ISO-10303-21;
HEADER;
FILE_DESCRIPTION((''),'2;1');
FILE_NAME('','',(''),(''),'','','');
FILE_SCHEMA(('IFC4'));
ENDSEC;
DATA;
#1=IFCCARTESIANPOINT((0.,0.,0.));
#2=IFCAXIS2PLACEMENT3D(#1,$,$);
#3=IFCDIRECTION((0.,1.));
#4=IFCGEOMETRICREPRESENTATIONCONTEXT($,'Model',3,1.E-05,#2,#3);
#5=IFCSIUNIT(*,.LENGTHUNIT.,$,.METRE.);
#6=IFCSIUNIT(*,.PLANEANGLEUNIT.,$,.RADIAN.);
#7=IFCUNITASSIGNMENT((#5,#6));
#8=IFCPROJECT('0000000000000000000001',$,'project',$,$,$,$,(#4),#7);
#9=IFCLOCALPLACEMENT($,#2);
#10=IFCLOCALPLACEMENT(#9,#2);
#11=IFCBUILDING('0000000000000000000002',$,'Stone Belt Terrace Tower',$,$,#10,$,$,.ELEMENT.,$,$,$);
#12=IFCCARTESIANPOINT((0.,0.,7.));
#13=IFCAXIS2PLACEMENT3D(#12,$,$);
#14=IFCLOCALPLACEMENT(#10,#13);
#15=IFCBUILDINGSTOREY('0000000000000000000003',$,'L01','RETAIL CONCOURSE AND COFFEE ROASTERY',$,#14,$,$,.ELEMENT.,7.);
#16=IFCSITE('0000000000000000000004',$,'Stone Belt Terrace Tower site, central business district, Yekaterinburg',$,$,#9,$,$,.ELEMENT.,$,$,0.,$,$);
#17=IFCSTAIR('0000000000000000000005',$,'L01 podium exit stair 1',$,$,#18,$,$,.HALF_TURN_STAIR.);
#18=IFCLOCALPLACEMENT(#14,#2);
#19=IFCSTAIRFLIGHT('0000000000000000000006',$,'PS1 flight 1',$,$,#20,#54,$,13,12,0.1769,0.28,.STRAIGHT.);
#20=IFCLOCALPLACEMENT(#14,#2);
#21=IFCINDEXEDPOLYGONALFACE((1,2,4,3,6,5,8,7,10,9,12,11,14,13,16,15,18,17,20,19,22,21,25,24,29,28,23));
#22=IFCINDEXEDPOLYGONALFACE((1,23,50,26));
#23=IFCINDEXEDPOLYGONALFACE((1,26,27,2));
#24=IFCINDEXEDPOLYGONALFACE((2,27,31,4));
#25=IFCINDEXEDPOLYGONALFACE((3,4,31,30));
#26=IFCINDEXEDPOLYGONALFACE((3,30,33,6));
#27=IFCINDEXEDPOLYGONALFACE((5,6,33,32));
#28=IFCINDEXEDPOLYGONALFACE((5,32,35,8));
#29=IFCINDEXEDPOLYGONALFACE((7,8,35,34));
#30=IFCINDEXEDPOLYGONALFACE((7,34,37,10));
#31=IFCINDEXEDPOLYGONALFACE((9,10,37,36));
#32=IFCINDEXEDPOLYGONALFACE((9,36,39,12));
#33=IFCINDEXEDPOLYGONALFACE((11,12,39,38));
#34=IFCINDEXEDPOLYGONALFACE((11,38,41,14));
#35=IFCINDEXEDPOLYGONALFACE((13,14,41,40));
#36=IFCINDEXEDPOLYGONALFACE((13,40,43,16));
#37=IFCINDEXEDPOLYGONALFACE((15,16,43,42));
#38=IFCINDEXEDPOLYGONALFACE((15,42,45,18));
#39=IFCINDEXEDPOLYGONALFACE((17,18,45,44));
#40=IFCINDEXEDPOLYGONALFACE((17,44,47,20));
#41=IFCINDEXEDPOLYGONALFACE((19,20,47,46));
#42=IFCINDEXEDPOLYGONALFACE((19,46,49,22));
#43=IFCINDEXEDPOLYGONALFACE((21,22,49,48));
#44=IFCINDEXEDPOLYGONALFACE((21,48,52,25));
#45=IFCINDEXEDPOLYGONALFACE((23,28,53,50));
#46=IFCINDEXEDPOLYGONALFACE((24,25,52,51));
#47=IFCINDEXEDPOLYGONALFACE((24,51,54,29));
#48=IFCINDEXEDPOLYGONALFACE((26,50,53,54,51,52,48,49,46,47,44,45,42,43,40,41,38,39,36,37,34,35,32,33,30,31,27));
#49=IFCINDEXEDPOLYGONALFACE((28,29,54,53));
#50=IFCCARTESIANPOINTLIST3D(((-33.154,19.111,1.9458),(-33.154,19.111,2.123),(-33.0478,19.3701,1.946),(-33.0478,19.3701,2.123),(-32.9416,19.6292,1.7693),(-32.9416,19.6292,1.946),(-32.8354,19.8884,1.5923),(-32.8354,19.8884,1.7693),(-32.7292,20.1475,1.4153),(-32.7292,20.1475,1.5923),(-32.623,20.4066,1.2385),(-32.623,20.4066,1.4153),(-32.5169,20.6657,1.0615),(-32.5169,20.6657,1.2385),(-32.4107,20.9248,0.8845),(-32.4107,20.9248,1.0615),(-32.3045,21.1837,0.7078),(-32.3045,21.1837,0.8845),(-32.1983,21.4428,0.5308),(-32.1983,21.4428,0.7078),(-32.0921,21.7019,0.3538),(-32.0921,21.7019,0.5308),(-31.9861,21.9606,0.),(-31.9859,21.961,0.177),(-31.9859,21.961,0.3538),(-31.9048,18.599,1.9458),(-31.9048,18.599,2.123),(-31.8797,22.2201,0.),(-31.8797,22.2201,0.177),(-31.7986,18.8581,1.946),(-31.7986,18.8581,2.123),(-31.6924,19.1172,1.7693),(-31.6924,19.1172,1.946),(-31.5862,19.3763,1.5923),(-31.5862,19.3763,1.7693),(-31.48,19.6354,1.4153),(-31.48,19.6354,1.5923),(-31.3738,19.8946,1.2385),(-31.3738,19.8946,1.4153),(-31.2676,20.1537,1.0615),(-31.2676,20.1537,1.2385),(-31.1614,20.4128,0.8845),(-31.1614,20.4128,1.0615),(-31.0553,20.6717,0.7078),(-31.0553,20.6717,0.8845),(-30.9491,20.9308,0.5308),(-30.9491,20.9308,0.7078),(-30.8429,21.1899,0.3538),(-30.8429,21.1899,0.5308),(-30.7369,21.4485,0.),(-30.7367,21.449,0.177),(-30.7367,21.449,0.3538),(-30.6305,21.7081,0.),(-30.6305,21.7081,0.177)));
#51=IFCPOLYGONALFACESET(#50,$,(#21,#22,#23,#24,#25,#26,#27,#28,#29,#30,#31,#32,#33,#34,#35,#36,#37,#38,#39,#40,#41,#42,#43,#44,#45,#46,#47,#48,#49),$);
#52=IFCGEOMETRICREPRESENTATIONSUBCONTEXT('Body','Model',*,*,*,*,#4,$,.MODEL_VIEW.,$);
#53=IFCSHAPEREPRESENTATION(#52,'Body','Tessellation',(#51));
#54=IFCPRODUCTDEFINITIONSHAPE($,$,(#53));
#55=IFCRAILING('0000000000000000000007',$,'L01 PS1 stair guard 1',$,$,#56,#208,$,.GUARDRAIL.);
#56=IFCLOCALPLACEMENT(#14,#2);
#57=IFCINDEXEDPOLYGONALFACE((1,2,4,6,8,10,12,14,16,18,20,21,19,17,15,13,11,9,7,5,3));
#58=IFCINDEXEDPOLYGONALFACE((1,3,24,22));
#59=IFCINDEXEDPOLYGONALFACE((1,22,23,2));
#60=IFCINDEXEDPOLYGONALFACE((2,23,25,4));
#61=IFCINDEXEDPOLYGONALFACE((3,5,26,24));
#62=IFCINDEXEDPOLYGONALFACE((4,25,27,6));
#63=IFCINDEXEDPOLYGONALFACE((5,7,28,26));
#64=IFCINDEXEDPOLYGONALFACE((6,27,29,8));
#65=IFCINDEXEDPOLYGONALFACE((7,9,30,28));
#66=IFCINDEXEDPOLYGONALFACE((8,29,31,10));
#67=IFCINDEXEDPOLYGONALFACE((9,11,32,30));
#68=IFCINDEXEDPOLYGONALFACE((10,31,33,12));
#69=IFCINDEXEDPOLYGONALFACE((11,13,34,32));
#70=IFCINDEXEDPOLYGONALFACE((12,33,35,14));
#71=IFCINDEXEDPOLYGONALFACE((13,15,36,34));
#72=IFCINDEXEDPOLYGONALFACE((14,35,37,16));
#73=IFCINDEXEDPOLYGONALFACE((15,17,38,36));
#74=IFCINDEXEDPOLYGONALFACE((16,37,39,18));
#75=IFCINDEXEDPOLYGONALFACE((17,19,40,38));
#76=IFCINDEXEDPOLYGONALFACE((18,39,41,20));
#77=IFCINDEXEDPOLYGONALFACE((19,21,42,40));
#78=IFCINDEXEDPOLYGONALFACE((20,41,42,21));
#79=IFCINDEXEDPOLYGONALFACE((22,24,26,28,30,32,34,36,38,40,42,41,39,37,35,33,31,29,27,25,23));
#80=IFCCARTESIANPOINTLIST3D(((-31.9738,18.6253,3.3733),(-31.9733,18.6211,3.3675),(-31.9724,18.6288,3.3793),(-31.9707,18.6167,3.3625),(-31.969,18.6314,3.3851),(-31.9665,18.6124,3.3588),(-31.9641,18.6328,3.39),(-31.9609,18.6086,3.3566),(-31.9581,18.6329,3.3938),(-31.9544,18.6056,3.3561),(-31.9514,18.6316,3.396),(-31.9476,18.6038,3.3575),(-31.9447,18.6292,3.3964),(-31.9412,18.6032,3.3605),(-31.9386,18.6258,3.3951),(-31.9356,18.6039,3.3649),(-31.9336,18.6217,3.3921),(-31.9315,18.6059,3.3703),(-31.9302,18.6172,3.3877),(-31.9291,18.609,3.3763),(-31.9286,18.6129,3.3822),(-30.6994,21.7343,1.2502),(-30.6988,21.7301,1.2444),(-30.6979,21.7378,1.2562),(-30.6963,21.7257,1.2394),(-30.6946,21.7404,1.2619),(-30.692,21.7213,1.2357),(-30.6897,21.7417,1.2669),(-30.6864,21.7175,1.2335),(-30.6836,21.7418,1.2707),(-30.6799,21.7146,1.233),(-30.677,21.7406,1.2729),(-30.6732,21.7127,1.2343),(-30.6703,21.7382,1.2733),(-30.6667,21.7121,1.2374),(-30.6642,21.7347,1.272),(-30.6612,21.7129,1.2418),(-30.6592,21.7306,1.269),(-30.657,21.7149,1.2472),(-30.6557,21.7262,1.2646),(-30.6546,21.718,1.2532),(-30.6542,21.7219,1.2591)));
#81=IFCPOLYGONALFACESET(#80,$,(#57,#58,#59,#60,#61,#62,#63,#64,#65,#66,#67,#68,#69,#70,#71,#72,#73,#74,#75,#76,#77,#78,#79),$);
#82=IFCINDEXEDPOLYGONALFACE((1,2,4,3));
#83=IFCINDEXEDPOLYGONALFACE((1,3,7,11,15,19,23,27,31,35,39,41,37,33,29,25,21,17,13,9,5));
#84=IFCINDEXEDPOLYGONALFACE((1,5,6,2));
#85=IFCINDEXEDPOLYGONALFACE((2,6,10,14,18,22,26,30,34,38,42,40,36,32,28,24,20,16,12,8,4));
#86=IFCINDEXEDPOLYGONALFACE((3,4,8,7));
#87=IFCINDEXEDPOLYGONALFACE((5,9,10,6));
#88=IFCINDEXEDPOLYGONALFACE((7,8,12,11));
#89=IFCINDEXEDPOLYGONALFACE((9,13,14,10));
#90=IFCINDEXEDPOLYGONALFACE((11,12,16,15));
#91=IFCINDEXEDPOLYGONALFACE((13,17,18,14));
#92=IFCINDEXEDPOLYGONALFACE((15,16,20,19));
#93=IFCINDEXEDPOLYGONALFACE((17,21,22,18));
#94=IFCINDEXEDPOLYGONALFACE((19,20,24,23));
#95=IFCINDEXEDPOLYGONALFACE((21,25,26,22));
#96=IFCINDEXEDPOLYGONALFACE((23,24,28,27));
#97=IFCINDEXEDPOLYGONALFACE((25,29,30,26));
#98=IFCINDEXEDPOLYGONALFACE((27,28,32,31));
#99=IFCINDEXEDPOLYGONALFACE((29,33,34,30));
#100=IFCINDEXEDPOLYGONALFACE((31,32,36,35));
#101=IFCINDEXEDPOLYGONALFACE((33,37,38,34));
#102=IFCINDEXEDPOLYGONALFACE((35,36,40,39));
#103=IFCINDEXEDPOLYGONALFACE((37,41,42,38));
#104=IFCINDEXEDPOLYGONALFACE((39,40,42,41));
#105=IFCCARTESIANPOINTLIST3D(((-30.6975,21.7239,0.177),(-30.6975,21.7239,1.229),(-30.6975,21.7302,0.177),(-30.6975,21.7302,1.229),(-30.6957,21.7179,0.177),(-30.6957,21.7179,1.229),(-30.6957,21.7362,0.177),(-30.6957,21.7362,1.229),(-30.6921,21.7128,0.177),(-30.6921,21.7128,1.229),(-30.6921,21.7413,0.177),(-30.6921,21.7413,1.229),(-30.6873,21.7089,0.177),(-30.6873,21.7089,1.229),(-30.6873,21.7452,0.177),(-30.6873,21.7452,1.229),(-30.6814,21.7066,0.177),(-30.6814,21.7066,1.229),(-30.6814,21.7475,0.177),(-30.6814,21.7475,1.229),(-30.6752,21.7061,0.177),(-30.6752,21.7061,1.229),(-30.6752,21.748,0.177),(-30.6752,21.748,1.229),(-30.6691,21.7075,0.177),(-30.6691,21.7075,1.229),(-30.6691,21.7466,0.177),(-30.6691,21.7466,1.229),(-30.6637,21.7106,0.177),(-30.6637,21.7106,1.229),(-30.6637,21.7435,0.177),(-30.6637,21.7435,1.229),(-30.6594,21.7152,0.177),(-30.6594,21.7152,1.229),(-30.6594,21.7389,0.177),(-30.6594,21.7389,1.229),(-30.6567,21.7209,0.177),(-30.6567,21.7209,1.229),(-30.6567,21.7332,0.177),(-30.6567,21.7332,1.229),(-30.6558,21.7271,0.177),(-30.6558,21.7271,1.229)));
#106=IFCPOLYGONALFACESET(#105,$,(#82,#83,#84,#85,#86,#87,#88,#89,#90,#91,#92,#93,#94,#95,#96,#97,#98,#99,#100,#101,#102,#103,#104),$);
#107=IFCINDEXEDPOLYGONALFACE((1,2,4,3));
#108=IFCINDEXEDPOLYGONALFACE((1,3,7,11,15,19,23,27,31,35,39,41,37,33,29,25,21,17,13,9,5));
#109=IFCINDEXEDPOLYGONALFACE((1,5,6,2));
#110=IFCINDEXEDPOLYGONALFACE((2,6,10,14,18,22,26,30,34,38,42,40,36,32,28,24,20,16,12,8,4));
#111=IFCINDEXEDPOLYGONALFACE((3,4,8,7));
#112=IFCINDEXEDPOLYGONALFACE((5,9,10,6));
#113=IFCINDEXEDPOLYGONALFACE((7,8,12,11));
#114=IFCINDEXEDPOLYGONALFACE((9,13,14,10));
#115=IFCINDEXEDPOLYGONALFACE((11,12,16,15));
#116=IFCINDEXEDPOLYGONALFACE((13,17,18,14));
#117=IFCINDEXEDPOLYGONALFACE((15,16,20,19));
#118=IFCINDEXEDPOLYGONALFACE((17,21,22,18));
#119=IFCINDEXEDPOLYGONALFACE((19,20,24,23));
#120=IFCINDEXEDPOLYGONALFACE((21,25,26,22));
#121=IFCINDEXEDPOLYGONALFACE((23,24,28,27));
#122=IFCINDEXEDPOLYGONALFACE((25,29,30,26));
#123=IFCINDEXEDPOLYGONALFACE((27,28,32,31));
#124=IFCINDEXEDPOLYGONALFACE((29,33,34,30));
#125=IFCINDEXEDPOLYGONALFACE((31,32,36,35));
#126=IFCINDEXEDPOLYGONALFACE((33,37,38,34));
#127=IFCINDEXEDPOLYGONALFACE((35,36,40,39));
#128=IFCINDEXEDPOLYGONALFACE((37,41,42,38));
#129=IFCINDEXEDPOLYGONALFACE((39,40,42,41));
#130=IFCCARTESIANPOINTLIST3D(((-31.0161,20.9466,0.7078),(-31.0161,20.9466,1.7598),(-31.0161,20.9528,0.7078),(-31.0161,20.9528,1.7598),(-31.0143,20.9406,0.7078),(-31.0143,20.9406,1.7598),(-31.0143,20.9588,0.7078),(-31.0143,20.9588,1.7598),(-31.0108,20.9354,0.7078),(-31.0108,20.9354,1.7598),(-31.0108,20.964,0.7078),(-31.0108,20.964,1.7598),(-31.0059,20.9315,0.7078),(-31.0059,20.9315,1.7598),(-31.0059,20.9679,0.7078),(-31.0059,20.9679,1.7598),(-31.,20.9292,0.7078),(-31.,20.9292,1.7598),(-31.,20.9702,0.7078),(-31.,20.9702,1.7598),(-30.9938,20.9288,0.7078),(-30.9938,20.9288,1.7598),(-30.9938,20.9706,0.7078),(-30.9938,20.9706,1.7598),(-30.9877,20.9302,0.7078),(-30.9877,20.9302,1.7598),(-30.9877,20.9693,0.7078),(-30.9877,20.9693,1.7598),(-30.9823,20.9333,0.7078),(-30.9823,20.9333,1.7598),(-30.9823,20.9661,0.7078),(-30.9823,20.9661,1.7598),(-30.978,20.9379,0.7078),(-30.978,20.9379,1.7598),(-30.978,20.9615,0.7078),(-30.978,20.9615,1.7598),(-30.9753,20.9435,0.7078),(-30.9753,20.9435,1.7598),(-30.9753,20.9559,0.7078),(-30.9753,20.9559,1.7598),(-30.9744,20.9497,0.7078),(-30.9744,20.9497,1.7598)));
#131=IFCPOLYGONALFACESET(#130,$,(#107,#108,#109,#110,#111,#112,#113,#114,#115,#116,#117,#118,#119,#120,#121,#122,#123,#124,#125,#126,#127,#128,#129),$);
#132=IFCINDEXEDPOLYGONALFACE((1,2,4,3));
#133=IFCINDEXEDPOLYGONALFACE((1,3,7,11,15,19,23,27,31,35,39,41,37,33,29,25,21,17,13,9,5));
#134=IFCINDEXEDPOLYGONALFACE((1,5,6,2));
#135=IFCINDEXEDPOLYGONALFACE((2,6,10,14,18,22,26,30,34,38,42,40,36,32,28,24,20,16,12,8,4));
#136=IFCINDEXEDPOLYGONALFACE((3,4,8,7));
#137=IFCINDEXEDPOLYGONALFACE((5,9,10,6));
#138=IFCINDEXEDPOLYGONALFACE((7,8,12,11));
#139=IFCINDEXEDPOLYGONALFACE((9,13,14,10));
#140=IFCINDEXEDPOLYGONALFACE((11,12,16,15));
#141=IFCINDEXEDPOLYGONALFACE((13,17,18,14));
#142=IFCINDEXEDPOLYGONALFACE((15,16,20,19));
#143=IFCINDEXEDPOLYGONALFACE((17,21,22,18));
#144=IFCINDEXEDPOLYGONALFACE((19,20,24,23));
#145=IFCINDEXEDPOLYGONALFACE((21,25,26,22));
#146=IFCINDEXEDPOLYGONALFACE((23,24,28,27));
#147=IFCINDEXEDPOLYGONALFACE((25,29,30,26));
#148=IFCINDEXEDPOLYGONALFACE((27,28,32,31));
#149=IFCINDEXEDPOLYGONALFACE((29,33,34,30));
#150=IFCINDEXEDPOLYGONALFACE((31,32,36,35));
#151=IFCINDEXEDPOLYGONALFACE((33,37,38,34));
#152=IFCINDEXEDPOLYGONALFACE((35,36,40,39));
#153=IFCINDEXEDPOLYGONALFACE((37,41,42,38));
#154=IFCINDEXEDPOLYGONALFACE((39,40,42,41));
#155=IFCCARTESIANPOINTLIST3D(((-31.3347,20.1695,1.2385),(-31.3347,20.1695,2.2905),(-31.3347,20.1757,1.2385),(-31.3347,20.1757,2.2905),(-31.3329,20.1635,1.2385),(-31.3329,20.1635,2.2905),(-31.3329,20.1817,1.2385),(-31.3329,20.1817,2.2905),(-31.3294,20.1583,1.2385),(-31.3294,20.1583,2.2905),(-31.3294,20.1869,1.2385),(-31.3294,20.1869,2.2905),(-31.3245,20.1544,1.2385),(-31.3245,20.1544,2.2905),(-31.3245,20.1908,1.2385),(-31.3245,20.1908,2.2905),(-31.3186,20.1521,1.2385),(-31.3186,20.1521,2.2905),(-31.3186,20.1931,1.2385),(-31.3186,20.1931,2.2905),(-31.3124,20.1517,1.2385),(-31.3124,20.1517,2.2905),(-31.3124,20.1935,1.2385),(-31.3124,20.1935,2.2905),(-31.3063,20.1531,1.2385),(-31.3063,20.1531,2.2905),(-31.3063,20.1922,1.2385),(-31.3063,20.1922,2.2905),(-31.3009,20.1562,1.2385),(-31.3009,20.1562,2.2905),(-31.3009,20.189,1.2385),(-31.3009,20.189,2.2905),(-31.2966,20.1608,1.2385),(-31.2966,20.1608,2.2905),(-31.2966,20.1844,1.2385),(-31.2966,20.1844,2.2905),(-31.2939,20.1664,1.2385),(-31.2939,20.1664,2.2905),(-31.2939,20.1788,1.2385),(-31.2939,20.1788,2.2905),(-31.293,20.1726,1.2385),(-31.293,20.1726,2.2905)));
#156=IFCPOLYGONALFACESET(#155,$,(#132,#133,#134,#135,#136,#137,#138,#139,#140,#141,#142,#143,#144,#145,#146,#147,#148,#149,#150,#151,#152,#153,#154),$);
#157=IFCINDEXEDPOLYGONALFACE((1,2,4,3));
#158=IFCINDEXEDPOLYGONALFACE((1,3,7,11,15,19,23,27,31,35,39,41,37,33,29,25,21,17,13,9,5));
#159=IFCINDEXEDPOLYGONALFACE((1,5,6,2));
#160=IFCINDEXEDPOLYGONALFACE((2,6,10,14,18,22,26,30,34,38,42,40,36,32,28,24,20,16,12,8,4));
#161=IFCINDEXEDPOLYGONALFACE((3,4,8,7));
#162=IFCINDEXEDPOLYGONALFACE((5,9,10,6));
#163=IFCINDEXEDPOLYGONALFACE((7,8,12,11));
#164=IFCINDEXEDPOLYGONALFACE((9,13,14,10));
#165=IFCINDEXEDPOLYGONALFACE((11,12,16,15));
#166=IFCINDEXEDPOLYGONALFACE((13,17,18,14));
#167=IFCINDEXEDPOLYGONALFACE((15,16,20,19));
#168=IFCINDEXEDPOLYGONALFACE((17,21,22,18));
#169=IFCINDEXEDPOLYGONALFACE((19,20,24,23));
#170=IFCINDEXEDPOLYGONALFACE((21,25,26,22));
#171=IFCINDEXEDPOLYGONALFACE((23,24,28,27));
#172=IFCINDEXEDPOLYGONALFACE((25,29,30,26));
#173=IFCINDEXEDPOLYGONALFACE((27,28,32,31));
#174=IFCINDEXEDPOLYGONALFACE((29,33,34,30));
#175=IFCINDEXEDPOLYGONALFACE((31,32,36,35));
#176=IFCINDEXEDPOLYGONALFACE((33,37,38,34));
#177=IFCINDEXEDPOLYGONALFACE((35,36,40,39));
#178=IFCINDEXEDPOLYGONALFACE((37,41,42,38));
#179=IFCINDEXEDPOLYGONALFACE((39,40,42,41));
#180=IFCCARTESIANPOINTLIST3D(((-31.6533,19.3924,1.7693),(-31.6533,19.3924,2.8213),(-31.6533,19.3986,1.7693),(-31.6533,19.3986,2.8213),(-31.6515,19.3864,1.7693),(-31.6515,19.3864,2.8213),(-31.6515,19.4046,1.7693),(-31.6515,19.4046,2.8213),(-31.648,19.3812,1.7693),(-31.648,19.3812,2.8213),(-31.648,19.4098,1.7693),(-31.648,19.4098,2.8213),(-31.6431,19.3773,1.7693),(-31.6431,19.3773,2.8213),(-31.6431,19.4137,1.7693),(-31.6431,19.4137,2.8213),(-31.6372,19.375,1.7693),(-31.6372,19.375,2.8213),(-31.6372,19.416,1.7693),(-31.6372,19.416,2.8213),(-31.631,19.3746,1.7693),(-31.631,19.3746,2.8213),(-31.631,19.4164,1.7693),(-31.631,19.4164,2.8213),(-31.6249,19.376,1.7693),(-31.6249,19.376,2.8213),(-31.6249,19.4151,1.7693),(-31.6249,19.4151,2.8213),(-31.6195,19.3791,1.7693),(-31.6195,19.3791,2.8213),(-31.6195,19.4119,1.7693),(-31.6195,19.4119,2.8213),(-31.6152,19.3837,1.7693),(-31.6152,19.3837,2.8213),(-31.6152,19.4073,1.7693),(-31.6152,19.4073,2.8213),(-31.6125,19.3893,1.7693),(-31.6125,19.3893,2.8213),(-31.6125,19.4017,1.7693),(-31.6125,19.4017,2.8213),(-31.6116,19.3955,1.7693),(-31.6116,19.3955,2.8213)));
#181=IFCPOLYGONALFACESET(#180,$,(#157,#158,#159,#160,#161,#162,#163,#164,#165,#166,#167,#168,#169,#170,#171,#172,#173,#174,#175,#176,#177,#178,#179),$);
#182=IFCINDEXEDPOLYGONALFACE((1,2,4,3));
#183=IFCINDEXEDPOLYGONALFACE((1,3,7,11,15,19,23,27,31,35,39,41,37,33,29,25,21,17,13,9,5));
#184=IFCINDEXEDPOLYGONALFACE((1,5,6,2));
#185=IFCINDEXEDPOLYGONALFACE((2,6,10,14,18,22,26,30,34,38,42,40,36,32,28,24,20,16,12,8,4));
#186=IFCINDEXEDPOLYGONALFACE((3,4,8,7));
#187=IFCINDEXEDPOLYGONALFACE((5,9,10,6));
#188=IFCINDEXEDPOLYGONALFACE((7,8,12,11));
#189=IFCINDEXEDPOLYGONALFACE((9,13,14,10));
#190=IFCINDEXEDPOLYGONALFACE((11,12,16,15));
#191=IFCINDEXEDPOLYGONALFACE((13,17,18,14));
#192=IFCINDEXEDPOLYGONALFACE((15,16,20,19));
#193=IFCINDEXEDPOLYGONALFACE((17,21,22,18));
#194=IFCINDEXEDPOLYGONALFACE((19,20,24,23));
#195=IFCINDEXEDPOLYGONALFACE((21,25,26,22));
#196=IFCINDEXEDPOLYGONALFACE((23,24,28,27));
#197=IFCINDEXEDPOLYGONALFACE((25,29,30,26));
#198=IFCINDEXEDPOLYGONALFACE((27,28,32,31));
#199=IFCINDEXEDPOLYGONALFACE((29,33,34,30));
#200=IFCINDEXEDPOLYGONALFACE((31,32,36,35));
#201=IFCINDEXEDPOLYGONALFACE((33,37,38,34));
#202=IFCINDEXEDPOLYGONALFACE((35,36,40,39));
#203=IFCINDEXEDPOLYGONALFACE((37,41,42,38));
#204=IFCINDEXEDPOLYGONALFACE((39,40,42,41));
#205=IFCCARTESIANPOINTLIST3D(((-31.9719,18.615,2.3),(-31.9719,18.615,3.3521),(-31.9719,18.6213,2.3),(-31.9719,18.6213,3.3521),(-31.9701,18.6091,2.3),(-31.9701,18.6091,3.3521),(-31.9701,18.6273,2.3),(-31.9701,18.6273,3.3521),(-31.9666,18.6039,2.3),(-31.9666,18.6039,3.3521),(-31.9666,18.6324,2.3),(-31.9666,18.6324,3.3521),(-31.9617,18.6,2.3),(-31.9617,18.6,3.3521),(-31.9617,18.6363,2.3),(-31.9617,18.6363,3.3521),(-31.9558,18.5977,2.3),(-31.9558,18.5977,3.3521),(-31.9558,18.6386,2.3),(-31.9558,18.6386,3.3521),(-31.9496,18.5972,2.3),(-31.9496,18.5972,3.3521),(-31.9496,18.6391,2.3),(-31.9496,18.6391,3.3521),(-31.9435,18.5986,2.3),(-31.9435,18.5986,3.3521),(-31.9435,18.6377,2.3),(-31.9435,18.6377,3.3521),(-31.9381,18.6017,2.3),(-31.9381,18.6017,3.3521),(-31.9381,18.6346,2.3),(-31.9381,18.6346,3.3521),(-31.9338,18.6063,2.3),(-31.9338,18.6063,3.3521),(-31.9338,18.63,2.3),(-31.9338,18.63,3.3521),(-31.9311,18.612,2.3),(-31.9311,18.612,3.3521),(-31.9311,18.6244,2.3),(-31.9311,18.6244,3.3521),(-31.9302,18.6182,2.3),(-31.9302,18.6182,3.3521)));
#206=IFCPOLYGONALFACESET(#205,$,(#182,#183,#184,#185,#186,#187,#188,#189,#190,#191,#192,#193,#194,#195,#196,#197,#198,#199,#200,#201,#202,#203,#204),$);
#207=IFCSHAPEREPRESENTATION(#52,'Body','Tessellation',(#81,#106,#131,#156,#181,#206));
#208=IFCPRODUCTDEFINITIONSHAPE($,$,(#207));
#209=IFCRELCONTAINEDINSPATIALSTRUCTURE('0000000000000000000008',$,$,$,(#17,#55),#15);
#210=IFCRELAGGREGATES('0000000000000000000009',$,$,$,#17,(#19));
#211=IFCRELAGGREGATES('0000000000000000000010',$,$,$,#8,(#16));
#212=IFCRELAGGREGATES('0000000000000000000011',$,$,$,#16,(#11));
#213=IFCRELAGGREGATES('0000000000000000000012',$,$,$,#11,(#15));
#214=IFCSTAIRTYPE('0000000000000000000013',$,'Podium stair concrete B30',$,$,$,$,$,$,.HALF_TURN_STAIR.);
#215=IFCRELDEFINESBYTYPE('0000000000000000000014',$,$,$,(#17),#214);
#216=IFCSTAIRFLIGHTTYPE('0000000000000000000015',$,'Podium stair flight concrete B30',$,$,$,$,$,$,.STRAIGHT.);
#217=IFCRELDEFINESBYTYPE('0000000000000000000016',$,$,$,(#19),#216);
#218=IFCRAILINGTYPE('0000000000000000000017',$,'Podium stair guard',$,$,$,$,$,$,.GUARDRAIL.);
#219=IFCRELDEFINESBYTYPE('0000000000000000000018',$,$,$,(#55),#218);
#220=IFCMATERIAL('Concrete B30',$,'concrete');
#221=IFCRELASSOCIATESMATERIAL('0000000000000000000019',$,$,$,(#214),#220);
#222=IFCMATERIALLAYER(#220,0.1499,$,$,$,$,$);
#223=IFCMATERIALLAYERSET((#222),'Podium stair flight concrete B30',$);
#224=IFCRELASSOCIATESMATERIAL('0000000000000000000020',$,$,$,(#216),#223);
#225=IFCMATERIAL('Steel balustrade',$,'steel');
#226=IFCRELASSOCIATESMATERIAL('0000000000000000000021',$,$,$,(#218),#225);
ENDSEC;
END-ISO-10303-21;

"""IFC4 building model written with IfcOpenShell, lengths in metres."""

from ifc_helpers import new_model, si_unit, direction, frame, origin, origin_2d, place, context, subcontext, project, spatial, polyline, circle, outline, extrude, material, layer, layer_set, type_object, element, aggregate, save


model = new_model("IFC4")

# Units and contexts
model_context = context("Model", 3, precision=1e-05, world=origin(), true_north=direction((0.0, 1.0)))
body_context = subcontext(model_context, "Body", "Model", "MODEL_VIEW")
ifc_project = project(units=[si_unit("LENGTHUNIT", "METRE"), si_unit("PLANEANGLEUNIT", "RADIAN")], contexts=[model_context])

# Site, building, storey
site_placement = place(None, origin())
site = spatial("IfcSite", under=ifc_project, at=site_placement, Name="Stone Belt Terrace Tower site, central business district, Yekaterinburg", CompositionType="ELEMENT", RefElevation=0.0)
building_placement = place(site_placement, origin())
building = spatial("IfcBuilding", under=site, at=building_placement, Name="Stone Belt Terrace Tower", CompositionType="ELEMENT")
storey_placement = place(building_placement, frame((0.0, 0.0, 7.0)))
storey = spatial("IfcBuildingStorey", under=building, at=storey_placement, Name="L01", Description="RETAIL CONCOURSE AND COFFEE ROASTERY", CompositionType="ELEMENT", Elevation=7.0)

# Shared definitions
ifc_material_1 = material(Name="Concrete B30", Category="concrete")

# Stair, stair flight
stair_type = type_object("IfcStairType", Name="Podium stair concrete B30", PredefinedType="HALF_TURN_STAIR", material=ifc_material_1)
stair_placement = place(storey_placement, origin())
stair = element("IfcStair", 1, at=stair_placement, inside=storey, type_object=stair_type, Name="L01 podium exit stair 1", PredefinedType="HALF_TURN_STAIR")
ifc_layer_1 = layer(ifc_material_1, 0.1499)
ifc_layer_set_1 = layer_set([ifc_layer_1], Name="Podium stair flight concrete B30")
stair_flight_type = type_object("IfcStairFlightType", Name="Podium stair flight concrete B30", PredefinedType="STRAIGHT", material=ifc_layer_set_1)
stair_flight_placement = place(storey_placement, frame((-31.2551, 21.9641, 0.0), z_axis=(0.0, 0.0, 1.0), x_axis=(-0.379243, -0.925297, 0.0)))
stair_flight = element("IfcStairFlight", 2, at=stair_flight_placement, type_object=stair_flight_type, Name="PS1 flight 1", NumberOfRisers=13, NumberOfTreads=12, PredefinedType="STRAIGHT", RiserHeight=0.1769, TreadLength=0.28, context=body_context, shape_type="SweptSolid", body=[
    extrude(outline(polyline([(0.0, 0.0), (0.0, 0.177), (0.28, 0.177), (0.28, 0.3538), (0.5601, 0.3538), (0.5601, 0.5308), (0.8401, 0.5308), (0.8401, 0.7078), (1.1201, 0.7078), (1.1201, 0.8845), (1.3999, 0.8845), (1.3999, 1.0615), (1.6799, 1.0615), (1.6799, 1.2385), (1.96, 1.2385), (1.96, 1.4153), (2.24, 1.4153), (2.24, 1.5923), (2.52, 1.5923), (2.52, 1.7693), (2.8, 1.7693), (2.8, 1.946), (3.0801, 1.946), (3.0801, 2.123), (3.3601, 2.123), (3.3601, 2.3), (3.3601, 1.9458), (0.2805, 0.0), (0.0, 0.0)])), frame((0.0, 0.675, 0.0), z_axis=(0.0, -1.0, 0.0), x_axis=(1.0, 0.0, 0.0)), (0.0, 0.0, 1.0), 1.3501),
])
aggregate(stair, [stair_flight])

# Railing
ifc_material_2 = material(Name="Steel balustrade", Category="steel")
railing_type_1 = type_object("IfcRailingType", Name="Podium stair guard", PredefinedType="GUARDRAIL", material=ifc_material_2)
railing_1_placement = place(storey_placement, frame((-30.6768, 21.7271, 0.177)))
element("IfcRailing", 3, at=railing_1_placement, inside=storey, type_object=railing_type_1, Name="L01 PS1 stair guard 1", PredefinedType="GUARDRAIL", context=body_context, shape_type="SweptSolid", body=[
    extrude(circle(Radius=0.0239, at=origin_2d()), frame((0.0, 0.0, 1.0762), z_axis=(-0.320648, -0.782209, 0.534167), x_axis=(0.925276, -0.379295, 0.0)), (0.0, 0.0, 1.0), 3.9746),
    extrude(circle(Radius=0.021, at=origin_2d()), origin(), (0.0, 0.0, 1.0), 1.052),
    extrude(circle(Radius=0.021, at=origin_2d()), frame((-0.3186, -0.7773, 0.5308)), (0.0, 0.0, 1.0), 1.052),
    extrude(circle(Radius=0.021, at=origin_2d()), frame((-0.6372, -1.5544, 1.0615)), (0.0, 0.0, 1.0), 1.052),
    extrude(circle(Radius=0.021, at=origin_2d()), frame((-0.9558, -2.3315, 1.5923)), (0.0, 0.0, 1.0), 1.052),
    extrude(circle(Radius=0.021, at=origin_2d()), frame((-1.2744, -3.1089, 2.123)), (0.0, 0.0, 1.0), 1.052),
])

save(model, "model.ifc")
